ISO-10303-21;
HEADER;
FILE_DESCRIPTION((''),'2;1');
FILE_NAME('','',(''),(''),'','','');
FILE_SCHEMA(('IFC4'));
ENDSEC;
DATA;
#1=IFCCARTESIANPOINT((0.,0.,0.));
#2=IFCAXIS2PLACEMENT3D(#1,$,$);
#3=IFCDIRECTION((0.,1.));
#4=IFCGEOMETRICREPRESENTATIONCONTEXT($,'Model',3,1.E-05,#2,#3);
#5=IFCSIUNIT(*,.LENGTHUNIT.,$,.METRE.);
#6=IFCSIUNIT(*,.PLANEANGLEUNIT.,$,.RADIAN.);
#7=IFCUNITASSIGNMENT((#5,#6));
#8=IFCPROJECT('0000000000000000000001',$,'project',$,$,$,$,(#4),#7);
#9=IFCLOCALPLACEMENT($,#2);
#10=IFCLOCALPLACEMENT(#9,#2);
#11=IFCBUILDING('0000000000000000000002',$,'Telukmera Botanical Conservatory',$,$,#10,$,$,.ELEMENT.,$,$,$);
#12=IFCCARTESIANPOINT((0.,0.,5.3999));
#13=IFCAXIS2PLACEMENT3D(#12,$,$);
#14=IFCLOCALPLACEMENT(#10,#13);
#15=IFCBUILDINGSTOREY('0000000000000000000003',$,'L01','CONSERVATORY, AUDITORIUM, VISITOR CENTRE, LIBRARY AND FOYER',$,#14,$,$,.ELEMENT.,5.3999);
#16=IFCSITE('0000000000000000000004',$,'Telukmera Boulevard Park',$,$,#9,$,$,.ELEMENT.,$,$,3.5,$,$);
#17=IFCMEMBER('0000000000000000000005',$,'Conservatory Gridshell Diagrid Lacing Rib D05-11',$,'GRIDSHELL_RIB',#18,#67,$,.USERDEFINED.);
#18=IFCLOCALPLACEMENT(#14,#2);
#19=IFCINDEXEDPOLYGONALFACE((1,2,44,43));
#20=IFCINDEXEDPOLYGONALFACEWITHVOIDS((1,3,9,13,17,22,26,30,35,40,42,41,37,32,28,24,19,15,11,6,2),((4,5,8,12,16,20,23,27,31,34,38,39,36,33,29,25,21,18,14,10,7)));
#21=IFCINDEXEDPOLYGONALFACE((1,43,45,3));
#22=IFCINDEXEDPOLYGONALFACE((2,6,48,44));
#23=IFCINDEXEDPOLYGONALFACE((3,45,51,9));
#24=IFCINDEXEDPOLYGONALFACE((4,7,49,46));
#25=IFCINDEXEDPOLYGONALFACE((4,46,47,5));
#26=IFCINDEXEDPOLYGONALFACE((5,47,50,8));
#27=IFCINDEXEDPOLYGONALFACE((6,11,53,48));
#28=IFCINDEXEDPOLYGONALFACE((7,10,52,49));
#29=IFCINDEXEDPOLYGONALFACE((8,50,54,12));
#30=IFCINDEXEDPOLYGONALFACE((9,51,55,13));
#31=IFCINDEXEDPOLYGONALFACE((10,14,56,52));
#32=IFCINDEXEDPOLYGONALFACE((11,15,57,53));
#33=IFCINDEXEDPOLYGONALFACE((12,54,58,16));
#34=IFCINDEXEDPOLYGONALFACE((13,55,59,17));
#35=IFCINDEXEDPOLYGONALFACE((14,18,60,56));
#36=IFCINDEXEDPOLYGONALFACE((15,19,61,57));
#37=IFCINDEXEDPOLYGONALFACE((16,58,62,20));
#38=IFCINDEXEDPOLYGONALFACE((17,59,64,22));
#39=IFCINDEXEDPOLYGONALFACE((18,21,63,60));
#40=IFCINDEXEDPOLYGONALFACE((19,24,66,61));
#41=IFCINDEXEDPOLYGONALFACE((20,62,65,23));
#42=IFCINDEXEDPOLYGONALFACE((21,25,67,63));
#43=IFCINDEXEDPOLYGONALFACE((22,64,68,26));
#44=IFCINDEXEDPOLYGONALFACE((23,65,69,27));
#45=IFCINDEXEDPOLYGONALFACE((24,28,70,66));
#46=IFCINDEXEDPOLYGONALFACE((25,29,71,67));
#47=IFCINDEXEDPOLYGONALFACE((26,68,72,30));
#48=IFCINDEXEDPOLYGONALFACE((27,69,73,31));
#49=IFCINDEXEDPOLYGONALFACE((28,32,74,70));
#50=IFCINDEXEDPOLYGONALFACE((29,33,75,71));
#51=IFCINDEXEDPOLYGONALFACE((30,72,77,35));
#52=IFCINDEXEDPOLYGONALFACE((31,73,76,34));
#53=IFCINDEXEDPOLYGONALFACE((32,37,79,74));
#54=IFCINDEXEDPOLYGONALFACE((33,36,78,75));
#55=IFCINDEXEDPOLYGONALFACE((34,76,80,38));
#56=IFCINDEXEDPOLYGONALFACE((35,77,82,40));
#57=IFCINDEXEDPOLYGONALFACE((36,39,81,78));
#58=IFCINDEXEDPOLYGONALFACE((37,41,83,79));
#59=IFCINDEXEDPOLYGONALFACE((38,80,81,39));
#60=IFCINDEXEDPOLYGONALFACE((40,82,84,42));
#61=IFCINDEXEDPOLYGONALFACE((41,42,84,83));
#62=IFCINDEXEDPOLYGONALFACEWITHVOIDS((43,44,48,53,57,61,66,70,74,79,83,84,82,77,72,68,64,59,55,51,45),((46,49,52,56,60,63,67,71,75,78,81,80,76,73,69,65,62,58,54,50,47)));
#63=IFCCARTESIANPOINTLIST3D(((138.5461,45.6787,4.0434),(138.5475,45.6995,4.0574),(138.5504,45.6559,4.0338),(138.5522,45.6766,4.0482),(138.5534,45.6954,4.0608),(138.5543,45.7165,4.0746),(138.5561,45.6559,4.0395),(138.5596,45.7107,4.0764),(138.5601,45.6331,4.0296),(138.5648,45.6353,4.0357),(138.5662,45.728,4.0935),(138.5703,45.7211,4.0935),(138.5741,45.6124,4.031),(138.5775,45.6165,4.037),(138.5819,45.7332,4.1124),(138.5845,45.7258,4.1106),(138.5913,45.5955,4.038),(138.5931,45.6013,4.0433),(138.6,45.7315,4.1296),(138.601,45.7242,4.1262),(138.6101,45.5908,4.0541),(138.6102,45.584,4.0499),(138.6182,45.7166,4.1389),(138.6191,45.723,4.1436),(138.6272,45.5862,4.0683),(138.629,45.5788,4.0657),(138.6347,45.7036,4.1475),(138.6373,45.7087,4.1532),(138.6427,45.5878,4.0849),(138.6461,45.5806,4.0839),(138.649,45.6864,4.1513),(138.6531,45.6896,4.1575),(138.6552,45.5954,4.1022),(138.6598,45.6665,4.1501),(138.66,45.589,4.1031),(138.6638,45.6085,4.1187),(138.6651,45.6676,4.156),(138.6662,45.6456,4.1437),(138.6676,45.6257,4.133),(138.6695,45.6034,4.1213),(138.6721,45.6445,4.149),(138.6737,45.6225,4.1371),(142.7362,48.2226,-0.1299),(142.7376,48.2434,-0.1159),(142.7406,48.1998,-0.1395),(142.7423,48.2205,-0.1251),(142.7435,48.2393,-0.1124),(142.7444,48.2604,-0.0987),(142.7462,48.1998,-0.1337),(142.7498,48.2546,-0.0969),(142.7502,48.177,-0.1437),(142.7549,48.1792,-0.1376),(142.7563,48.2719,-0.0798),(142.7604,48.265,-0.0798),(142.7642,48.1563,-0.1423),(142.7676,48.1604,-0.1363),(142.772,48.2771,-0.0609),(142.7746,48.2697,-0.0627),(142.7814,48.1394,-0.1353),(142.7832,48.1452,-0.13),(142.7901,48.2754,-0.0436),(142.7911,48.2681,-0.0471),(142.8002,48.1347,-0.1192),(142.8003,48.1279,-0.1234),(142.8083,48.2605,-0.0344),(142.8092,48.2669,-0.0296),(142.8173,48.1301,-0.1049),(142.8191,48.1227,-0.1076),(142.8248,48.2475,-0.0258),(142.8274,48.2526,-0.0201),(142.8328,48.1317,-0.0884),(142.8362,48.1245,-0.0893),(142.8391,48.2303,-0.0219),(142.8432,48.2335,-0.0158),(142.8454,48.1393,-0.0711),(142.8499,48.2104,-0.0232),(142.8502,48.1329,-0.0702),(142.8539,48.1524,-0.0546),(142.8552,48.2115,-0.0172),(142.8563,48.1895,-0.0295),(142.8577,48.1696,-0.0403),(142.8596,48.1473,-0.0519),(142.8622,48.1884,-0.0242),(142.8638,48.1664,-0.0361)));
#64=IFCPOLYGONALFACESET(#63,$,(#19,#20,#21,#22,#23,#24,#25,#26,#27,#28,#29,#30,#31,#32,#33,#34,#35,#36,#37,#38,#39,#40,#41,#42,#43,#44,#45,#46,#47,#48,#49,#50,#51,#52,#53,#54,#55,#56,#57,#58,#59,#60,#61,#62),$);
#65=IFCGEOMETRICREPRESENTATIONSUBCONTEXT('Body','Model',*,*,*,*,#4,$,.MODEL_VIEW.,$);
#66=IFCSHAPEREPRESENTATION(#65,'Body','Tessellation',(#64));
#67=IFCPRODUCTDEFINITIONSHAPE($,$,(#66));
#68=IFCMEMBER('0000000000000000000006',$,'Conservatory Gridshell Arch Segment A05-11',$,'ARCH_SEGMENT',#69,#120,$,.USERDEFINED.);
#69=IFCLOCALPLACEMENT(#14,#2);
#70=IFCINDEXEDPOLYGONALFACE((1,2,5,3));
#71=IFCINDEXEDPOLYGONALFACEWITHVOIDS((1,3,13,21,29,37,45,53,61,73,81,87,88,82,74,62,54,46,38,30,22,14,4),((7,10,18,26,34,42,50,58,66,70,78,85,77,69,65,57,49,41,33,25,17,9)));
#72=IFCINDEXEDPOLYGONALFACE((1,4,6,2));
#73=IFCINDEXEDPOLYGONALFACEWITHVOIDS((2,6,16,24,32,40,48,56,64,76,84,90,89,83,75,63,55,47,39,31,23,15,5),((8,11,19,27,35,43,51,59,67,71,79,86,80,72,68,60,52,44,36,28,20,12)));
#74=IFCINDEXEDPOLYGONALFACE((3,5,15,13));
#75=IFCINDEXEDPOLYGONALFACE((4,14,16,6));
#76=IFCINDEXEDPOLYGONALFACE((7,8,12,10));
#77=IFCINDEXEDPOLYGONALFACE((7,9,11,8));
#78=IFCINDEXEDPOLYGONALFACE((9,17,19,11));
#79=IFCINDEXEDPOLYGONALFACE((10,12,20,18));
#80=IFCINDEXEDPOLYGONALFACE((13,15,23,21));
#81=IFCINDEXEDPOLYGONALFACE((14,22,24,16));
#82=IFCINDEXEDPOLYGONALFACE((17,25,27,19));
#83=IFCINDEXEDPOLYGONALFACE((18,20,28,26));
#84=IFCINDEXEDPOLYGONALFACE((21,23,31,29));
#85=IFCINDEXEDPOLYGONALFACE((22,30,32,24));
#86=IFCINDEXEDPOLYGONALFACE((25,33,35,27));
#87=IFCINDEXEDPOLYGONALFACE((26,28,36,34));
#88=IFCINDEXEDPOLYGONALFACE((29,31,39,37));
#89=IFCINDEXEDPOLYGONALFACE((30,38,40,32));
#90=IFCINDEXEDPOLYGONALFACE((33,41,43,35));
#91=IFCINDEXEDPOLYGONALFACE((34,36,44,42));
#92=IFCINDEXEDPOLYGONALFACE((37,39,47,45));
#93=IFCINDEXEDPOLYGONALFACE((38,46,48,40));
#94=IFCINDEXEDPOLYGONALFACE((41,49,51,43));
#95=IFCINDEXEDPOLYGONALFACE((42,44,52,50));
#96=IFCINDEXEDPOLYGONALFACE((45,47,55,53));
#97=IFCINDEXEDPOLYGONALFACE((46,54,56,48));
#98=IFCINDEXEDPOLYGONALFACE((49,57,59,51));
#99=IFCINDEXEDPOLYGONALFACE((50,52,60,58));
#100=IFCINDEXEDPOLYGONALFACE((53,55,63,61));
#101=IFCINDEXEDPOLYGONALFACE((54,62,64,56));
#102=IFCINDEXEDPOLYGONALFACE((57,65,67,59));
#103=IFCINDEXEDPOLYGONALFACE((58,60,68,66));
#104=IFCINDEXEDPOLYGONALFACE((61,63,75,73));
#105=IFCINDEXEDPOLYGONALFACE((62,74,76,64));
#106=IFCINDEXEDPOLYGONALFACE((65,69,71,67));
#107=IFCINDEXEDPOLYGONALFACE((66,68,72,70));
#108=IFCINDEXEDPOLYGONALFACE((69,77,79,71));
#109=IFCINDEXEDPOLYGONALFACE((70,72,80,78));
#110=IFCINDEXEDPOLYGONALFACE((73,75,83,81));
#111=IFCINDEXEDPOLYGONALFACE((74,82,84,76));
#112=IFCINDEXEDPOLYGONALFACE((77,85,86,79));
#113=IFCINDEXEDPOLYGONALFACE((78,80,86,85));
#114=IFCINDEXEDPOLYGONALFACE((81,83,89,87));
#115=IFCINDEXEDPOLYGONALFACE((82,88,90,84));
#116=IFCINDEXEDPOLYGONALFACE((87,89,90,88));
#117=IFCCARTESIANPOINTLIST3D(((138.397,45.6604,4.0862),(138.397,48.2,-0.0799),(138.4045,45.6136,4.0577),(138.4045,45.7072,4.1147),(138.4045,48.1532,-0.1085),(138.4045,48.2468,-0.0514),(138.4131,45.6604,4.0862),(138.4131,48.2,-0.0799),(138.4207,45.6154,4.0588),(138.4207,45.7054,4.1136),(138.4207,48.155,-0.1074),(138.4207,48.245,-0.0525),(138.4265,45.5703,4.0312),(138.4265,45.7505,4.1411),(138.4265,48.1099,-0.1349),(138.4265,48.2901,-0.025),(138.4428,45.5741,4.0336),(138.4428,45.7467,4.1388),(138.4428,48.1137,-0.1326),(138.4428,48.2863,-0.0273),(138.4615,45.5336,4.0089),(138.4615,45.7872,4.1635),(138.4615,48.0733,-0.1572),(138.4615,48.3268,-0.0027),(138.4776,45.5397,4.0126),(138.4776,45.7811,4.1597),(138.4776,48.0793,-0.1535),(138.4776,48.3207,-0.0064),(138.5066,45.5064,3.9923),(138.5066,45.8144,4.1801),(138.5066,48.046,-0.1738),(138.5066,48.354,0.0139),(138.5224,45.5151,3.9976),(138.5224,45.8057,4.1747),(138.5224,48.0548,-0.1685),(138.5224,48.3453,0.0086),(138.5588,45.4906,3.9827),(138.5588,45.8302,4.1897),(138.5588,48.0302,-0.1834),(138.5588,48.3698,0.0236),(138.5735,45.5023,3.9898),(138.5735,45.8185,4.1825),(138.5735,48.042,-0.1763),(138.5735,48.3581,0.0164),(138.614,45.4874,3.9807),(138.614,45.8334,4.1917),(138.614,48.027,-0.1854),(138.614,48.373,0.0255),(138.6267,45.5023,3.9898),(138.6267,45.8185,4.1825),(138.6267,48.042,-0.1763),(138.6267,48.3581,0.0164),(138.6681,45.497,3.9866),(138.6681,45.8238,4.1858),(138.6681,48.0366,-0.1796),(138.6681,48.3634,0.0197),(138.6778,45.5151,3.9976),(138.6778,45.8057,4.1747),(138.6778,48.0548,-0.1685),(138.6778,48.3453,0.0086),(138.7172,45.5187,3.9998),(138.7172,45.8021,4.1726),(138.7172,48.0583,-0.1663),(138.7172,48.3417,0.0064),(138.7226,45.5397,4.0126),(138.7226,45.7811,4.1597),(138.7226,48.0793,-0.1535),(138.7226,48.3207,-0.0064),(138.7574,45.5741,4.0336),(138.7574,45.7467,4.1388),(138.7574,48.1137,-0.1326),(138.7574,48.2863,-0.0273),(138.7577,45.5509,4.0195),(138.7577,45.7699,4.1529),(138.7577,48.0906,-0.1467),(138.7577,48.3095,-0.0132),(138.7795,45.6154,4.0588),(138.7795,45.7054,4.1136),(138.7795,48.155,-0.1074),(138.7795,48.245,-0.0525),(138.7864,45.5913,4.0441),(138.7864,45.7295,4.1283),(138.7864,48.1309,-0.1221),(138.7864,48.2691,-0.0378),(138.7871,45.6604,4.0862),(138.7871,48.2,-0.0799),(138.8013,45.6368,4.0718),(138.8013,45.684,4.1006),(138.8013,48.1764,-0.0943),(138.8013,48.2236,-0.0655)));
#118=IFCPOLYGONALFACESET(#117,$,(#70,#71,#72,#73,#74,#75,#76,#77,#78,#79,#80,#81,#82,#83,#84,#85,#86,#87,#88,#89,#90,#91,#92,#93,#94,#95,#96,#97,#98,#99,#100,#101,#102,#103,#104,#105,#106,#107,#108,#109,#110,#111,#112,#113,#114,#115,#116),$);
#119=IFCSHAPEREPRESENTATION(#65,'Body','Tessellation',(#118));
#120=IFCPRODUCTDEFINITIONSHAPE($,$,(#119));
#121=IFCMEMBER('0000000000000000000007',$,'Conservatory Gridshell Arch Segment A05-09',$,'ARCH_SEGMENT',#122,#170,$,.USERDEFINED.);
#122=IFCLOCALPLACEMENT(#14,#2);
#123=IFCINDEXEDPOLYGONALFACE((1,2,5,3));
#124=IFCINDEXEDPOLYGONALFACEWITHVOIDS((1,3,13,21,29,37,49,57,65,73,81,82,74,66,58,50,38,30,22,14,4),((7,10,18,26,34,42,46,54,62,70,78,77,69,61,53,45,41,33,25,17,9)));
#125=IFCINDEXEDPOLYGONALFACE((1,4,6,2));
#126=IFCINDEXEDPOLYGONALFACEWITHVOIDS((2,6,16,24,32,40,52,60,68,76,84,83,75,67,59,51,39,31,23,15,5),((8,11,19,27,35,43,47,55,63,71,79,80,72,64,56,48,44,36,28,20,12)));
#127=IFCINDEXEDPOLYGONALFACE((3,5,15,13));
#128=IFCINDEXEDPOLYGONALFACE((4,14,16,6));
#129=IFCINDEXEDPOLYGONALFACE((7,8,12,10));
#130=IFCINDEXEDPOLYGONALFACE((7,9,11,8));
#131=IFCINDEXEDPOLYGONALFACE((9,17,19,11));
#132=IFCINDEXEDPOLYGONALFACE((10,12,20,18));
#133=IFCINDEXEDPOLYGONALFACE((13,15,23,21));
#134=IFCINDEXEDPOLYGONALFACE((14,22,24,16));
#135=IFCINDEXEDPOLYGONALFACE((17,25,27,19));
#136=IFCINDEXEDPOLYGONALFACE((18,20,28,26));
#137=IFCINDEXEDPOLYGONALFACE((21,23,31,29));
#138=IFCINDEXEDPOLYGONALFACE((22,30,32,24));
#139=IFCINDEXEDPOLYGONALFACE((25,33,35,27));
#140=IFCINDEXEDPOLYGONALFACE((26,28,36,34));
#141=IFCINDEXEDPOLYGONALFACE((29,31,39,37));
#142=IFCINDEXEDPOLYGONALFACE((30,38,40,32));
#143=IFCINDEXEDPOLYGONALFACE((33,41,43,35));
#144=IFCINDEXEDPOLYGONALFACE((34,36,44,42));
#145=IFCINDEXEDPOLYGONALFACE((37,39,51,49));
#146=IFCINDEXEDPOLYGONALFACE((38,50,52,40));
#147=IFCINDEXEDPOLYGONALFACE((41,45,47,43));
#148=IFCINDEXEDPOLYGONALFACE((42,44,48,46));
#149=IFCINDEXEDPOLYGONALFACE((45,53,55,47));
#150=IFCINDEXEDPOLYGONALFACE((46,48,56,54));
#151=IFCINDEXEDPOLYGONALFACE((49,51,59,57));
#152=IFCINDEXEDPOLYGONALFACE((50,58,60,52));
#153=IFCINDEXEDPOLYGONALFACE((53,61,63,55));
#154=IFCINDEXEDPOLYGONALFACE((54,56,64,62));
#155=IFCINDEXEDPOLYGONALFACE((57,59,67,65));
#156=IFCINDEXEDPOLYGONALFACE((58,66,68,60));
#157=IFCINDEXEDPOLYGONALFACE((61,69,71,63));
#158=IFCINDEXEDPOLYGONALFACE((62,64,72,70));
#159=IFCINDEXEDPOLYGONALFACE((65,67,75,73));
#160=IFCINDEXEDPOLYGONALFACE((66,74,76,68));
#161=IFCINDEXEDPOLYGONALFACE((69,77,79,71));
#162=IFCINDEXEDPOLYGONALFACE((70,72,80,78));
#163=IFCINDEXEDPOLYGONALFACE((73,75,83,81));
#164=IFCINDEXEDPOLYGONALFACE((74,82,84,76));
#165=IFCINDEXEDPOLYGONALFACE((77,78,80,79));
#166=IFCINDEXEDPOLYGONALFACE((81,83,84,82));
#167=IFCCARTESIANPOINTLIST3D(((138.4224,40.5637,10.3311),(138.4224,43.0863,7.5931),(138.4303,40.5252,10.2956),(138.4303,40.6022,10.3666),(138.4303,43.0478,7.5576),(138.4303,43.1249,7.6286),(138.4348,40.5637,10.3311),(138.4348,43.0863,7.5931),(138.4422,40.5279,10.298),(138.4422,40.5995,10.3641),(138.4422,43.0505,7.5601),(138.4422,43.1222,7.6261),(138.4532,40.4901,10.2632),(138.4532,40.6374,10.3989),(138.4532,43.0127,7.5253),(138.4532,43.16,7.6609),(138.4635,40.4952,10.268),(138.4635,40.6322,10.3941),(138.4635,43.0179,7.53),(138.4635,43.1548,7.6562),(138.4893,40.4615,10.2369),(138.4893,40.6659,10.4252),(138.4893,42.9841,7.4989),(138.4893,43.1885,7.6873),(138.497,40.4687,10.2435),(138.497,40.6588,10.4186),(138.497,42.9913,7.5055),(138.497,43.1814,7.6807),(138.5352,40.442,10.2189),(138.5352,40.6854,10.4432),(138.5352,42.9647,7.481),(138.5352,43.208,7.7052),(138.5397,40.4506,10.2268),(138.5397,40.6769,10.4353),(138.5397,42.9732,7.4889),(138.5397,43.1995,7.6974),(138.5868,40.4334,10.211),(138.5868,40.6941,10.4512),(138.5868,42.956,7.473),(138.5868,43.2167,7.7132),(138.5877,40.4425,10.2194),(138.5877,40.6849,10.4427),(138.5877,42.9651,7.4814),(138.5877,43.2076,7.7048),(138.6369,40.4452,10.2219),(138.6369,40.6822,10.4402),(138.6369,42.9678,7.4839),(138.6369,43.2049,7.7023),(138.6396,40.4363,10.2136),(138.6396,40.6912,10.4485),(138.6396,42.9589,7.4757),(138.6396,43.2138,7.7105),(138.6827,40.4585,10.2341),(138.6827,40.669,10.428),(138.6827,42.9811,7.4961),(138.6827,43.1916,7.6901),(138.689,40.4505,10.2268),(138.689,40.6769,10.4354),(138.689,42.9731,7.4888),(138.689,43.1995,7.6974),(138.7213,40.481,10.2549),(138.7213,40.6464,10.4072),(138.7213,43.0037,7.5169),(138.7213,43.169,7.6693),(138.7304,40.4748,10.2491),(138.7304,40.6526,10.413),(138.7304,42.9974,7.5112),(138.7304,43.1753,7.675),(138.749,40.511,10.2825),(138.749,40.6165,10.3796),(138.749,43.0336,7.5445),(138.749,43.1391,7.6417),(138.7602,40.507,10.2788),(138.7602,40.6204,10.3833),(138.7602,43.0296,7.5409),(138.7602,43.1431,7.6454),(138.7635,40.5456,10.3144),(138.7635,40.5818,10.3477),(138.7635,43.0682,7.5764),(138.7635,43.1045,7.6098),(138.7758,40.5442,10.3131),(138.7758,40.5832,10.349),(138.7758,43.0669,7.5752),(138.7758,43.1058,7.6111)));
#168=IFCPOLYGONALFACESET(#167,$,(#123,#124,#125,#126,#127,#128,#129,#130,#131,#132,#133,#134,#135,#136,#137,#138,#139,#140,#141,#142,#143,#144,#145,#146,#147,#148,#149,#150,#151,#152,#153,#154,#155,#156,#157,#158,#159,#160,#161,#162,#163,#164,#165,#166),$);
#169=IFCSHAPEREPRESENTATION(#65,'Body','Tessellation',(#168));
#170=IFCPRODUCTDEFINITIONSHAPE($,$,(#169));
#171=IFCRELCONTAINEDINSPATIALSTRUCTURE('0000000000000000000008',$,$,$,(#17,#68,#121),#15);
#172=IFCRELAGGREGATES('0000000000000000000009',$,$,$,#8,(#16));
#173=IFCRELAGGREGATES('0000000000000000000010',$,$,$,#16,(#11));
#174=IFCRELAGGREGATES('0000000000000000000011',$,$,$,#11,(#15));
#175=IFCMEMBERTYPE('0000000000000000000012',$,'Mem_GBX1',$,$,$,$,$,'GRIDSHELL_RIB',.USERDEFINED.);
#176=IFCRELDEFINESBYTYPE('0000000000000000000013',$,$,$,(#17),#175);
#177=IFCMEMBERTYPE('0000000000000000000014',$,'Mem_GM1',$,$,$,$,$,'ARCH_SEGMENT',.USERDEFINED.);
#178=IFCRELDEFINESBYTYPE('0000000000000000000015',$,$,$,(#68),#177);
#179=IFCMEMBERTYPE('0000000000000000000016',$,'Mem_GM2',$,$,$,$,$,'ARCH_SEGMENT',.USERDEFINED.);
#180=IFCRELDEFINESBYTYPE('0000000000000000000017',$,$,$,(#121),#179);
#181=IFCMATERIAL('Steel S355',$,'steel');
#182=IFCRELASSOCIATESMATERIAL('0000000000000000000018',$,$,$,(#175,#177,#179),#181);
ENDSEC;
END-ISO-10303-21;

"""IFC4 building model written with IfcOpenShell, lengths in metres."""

from ifc_helpers import new_model, si_unit, direction, frame, origin, origin_2d, place, context, subcontext, project, spatial, hollow_circle, extrude, material, material_profile, profile_set, type_object, element, save


model = new_model("IFC4")

# Units and contexts
model_context = context("Model", 3, precision=1e-05, world=origin(), true_north=direction((0.0, 1.0)))
body_context = subcontext(model_context, "Body", "Model", "MODEL_VIEW")
ifc_project = project(units=[si_unit("LENGTHUNIT", "METRE"), si_unit("PLANEANGLEUNIT", "RADIAN")], contexts=[model_context])

# Site, building, storey
site_placement = place(None, origin())
site = spatial("IfcSite", under=ifc_project, at=site_placement, Name="Telukmera Boulevard Park", CompositionType="ELEMENT", RefElevation=3.5)
building_placement = place(site_placement, origin())
building = spatial("IfcBuilding", under=site, at=building_placement, Name="Telukmera Botanical Conservatory", CompositionType="ELEMENT")
storey_placement = place(building_placement, frame((0.0, 0.0, 5.3999)))
storey = spatial("IfcBuildingStorey", under=building, at=storey_placement, Name="L01", Description="CONSERVATORY, AUDITORIUM, VISITOR CENTRE, LIBRARY AND FOYER", CompositionType="ELEMENT", Elevation=5.3999)

# Shared definitions
ifc_material_1 = material(Name="Steel S355", Category="steel")

# Members
ifc_material_profile_1 = material_profile(ifc_material_1, hollow_circle(Radius=0.0842, WallThickness=0.0081, at=origin_2d()), Name="CHS 168.3x8.0")
ifc_profile_set_1 = profile_set([ifc_material_profile_1], Name="Steel S355")
member_type_1 = type_object("IfcMemberType", Name="Mem_GBX1", ElementType="GRIDSHELL_RIB", PredefinedType="USERDEFINED", material=ifc_profile_set_1)
for number, where, z_axis, x_axis, name in (
    (1, (138.6099, 45.656, 4.0935), (0.650866, 0.395154, -0.648249), (-0.518964, 0.854796, 0.0), "Conservatory Gridshell Diagrid Lacing Rib D05-11"),
):
    element("IfcMember", number, at=place(storey_placement, frame(where, z_axis=z_axis, x_axis=x_axis)), inside=storey, type_object=member_type_1, Name=name, ObjectType="GRIDSHELL_RIB", PredefinedType="USERDEFINED", context=body_context, shape_type="SweptSolid", body=[
        extrude(hollow_circle(Radius=0.0842, WallThickness=0.0081, at=origin_2d()), origin(), (0.0, 0.0, 1.0), 6.4377),
    ])
ifc_material_profile_2 = material_profile(ifc_material_1, hollow_circle(Radius=0.2031, WallThickness=0.0161, at=origin_2d()), Name="CHS 406.4x16.0")
ifc_profile_set_2 = profile_set([ifc_material_profile_2], Name="Steel S355")
member_type_2 = type_object("IfcMemberType", Name="Mem_GM1", ElementType="ARCH_SEGMENT", PredefinedType="USERDEFINED", material=ifc_profile_set_2)
member_1_placement = place(storey_placement, frame((138.6001, 45.6604, 4.0862), z_axis=(0.0, 0.520502, -0.85386), x_axis=(-1.0, 0.0, 0.0)))
element("IfcMember", 2, at=member_1_placement, inside=storey, type_object=member_type_2, Name="Conservatory Gridshell Arch Segment A05-11", ObjectType="ARCH_SEGMENT", PredefinedType="USERDEFINED", context=body_context, shape_type="SweptSolid", body=[
    extrude(hollow_circle(Radius=0.2031, WallThickness=0.0161, at=origin_2d()), origin(), (0.0, 0.0, 1.0), 4.8792),
])
ifc_material_profile_3 = material_profile(ifc_material_1, hollow_circle(Radius=0.1777, WallThickness=0.0125, at=origin_2d()), Name="CHS 355.6x12.5")
ifc_profile_set_3 = profile_set([ifc_material_profile_3], Name="Steel S355")
member_type_3 = type_object("IfcMemberType", Name="Mem_GM2", ElementType="ARCH_SEGMENT", PredefinedType="USERDEFINED", material=ifc_profile_set_3)
member_2_placement = place(storey_placement, frame((138.6001, 40.5637, 10.3311), z_axis=(0.0, 0.677596, -0.735434), x_axis=(-1.0, 0.0, 0.0)))
element("IfcMember", 3, at=member_2_placement, inside=storey, type_object=member_type_3, Name="Conservatory Gridshell Arch Segment A05-09", ObjectType="ARCH_SEGMENT", PredefinedType="USERDEFINED", context=body_context, shape_type="SweptSolid", body=[
    extrude(hollow_circle(Radius=0.1777, WallThickness=0.0125, at=origin_2d()), origin(), (0.0, 0.0, 1.0), 3.7229),
])

save(model, "model.ifc")
